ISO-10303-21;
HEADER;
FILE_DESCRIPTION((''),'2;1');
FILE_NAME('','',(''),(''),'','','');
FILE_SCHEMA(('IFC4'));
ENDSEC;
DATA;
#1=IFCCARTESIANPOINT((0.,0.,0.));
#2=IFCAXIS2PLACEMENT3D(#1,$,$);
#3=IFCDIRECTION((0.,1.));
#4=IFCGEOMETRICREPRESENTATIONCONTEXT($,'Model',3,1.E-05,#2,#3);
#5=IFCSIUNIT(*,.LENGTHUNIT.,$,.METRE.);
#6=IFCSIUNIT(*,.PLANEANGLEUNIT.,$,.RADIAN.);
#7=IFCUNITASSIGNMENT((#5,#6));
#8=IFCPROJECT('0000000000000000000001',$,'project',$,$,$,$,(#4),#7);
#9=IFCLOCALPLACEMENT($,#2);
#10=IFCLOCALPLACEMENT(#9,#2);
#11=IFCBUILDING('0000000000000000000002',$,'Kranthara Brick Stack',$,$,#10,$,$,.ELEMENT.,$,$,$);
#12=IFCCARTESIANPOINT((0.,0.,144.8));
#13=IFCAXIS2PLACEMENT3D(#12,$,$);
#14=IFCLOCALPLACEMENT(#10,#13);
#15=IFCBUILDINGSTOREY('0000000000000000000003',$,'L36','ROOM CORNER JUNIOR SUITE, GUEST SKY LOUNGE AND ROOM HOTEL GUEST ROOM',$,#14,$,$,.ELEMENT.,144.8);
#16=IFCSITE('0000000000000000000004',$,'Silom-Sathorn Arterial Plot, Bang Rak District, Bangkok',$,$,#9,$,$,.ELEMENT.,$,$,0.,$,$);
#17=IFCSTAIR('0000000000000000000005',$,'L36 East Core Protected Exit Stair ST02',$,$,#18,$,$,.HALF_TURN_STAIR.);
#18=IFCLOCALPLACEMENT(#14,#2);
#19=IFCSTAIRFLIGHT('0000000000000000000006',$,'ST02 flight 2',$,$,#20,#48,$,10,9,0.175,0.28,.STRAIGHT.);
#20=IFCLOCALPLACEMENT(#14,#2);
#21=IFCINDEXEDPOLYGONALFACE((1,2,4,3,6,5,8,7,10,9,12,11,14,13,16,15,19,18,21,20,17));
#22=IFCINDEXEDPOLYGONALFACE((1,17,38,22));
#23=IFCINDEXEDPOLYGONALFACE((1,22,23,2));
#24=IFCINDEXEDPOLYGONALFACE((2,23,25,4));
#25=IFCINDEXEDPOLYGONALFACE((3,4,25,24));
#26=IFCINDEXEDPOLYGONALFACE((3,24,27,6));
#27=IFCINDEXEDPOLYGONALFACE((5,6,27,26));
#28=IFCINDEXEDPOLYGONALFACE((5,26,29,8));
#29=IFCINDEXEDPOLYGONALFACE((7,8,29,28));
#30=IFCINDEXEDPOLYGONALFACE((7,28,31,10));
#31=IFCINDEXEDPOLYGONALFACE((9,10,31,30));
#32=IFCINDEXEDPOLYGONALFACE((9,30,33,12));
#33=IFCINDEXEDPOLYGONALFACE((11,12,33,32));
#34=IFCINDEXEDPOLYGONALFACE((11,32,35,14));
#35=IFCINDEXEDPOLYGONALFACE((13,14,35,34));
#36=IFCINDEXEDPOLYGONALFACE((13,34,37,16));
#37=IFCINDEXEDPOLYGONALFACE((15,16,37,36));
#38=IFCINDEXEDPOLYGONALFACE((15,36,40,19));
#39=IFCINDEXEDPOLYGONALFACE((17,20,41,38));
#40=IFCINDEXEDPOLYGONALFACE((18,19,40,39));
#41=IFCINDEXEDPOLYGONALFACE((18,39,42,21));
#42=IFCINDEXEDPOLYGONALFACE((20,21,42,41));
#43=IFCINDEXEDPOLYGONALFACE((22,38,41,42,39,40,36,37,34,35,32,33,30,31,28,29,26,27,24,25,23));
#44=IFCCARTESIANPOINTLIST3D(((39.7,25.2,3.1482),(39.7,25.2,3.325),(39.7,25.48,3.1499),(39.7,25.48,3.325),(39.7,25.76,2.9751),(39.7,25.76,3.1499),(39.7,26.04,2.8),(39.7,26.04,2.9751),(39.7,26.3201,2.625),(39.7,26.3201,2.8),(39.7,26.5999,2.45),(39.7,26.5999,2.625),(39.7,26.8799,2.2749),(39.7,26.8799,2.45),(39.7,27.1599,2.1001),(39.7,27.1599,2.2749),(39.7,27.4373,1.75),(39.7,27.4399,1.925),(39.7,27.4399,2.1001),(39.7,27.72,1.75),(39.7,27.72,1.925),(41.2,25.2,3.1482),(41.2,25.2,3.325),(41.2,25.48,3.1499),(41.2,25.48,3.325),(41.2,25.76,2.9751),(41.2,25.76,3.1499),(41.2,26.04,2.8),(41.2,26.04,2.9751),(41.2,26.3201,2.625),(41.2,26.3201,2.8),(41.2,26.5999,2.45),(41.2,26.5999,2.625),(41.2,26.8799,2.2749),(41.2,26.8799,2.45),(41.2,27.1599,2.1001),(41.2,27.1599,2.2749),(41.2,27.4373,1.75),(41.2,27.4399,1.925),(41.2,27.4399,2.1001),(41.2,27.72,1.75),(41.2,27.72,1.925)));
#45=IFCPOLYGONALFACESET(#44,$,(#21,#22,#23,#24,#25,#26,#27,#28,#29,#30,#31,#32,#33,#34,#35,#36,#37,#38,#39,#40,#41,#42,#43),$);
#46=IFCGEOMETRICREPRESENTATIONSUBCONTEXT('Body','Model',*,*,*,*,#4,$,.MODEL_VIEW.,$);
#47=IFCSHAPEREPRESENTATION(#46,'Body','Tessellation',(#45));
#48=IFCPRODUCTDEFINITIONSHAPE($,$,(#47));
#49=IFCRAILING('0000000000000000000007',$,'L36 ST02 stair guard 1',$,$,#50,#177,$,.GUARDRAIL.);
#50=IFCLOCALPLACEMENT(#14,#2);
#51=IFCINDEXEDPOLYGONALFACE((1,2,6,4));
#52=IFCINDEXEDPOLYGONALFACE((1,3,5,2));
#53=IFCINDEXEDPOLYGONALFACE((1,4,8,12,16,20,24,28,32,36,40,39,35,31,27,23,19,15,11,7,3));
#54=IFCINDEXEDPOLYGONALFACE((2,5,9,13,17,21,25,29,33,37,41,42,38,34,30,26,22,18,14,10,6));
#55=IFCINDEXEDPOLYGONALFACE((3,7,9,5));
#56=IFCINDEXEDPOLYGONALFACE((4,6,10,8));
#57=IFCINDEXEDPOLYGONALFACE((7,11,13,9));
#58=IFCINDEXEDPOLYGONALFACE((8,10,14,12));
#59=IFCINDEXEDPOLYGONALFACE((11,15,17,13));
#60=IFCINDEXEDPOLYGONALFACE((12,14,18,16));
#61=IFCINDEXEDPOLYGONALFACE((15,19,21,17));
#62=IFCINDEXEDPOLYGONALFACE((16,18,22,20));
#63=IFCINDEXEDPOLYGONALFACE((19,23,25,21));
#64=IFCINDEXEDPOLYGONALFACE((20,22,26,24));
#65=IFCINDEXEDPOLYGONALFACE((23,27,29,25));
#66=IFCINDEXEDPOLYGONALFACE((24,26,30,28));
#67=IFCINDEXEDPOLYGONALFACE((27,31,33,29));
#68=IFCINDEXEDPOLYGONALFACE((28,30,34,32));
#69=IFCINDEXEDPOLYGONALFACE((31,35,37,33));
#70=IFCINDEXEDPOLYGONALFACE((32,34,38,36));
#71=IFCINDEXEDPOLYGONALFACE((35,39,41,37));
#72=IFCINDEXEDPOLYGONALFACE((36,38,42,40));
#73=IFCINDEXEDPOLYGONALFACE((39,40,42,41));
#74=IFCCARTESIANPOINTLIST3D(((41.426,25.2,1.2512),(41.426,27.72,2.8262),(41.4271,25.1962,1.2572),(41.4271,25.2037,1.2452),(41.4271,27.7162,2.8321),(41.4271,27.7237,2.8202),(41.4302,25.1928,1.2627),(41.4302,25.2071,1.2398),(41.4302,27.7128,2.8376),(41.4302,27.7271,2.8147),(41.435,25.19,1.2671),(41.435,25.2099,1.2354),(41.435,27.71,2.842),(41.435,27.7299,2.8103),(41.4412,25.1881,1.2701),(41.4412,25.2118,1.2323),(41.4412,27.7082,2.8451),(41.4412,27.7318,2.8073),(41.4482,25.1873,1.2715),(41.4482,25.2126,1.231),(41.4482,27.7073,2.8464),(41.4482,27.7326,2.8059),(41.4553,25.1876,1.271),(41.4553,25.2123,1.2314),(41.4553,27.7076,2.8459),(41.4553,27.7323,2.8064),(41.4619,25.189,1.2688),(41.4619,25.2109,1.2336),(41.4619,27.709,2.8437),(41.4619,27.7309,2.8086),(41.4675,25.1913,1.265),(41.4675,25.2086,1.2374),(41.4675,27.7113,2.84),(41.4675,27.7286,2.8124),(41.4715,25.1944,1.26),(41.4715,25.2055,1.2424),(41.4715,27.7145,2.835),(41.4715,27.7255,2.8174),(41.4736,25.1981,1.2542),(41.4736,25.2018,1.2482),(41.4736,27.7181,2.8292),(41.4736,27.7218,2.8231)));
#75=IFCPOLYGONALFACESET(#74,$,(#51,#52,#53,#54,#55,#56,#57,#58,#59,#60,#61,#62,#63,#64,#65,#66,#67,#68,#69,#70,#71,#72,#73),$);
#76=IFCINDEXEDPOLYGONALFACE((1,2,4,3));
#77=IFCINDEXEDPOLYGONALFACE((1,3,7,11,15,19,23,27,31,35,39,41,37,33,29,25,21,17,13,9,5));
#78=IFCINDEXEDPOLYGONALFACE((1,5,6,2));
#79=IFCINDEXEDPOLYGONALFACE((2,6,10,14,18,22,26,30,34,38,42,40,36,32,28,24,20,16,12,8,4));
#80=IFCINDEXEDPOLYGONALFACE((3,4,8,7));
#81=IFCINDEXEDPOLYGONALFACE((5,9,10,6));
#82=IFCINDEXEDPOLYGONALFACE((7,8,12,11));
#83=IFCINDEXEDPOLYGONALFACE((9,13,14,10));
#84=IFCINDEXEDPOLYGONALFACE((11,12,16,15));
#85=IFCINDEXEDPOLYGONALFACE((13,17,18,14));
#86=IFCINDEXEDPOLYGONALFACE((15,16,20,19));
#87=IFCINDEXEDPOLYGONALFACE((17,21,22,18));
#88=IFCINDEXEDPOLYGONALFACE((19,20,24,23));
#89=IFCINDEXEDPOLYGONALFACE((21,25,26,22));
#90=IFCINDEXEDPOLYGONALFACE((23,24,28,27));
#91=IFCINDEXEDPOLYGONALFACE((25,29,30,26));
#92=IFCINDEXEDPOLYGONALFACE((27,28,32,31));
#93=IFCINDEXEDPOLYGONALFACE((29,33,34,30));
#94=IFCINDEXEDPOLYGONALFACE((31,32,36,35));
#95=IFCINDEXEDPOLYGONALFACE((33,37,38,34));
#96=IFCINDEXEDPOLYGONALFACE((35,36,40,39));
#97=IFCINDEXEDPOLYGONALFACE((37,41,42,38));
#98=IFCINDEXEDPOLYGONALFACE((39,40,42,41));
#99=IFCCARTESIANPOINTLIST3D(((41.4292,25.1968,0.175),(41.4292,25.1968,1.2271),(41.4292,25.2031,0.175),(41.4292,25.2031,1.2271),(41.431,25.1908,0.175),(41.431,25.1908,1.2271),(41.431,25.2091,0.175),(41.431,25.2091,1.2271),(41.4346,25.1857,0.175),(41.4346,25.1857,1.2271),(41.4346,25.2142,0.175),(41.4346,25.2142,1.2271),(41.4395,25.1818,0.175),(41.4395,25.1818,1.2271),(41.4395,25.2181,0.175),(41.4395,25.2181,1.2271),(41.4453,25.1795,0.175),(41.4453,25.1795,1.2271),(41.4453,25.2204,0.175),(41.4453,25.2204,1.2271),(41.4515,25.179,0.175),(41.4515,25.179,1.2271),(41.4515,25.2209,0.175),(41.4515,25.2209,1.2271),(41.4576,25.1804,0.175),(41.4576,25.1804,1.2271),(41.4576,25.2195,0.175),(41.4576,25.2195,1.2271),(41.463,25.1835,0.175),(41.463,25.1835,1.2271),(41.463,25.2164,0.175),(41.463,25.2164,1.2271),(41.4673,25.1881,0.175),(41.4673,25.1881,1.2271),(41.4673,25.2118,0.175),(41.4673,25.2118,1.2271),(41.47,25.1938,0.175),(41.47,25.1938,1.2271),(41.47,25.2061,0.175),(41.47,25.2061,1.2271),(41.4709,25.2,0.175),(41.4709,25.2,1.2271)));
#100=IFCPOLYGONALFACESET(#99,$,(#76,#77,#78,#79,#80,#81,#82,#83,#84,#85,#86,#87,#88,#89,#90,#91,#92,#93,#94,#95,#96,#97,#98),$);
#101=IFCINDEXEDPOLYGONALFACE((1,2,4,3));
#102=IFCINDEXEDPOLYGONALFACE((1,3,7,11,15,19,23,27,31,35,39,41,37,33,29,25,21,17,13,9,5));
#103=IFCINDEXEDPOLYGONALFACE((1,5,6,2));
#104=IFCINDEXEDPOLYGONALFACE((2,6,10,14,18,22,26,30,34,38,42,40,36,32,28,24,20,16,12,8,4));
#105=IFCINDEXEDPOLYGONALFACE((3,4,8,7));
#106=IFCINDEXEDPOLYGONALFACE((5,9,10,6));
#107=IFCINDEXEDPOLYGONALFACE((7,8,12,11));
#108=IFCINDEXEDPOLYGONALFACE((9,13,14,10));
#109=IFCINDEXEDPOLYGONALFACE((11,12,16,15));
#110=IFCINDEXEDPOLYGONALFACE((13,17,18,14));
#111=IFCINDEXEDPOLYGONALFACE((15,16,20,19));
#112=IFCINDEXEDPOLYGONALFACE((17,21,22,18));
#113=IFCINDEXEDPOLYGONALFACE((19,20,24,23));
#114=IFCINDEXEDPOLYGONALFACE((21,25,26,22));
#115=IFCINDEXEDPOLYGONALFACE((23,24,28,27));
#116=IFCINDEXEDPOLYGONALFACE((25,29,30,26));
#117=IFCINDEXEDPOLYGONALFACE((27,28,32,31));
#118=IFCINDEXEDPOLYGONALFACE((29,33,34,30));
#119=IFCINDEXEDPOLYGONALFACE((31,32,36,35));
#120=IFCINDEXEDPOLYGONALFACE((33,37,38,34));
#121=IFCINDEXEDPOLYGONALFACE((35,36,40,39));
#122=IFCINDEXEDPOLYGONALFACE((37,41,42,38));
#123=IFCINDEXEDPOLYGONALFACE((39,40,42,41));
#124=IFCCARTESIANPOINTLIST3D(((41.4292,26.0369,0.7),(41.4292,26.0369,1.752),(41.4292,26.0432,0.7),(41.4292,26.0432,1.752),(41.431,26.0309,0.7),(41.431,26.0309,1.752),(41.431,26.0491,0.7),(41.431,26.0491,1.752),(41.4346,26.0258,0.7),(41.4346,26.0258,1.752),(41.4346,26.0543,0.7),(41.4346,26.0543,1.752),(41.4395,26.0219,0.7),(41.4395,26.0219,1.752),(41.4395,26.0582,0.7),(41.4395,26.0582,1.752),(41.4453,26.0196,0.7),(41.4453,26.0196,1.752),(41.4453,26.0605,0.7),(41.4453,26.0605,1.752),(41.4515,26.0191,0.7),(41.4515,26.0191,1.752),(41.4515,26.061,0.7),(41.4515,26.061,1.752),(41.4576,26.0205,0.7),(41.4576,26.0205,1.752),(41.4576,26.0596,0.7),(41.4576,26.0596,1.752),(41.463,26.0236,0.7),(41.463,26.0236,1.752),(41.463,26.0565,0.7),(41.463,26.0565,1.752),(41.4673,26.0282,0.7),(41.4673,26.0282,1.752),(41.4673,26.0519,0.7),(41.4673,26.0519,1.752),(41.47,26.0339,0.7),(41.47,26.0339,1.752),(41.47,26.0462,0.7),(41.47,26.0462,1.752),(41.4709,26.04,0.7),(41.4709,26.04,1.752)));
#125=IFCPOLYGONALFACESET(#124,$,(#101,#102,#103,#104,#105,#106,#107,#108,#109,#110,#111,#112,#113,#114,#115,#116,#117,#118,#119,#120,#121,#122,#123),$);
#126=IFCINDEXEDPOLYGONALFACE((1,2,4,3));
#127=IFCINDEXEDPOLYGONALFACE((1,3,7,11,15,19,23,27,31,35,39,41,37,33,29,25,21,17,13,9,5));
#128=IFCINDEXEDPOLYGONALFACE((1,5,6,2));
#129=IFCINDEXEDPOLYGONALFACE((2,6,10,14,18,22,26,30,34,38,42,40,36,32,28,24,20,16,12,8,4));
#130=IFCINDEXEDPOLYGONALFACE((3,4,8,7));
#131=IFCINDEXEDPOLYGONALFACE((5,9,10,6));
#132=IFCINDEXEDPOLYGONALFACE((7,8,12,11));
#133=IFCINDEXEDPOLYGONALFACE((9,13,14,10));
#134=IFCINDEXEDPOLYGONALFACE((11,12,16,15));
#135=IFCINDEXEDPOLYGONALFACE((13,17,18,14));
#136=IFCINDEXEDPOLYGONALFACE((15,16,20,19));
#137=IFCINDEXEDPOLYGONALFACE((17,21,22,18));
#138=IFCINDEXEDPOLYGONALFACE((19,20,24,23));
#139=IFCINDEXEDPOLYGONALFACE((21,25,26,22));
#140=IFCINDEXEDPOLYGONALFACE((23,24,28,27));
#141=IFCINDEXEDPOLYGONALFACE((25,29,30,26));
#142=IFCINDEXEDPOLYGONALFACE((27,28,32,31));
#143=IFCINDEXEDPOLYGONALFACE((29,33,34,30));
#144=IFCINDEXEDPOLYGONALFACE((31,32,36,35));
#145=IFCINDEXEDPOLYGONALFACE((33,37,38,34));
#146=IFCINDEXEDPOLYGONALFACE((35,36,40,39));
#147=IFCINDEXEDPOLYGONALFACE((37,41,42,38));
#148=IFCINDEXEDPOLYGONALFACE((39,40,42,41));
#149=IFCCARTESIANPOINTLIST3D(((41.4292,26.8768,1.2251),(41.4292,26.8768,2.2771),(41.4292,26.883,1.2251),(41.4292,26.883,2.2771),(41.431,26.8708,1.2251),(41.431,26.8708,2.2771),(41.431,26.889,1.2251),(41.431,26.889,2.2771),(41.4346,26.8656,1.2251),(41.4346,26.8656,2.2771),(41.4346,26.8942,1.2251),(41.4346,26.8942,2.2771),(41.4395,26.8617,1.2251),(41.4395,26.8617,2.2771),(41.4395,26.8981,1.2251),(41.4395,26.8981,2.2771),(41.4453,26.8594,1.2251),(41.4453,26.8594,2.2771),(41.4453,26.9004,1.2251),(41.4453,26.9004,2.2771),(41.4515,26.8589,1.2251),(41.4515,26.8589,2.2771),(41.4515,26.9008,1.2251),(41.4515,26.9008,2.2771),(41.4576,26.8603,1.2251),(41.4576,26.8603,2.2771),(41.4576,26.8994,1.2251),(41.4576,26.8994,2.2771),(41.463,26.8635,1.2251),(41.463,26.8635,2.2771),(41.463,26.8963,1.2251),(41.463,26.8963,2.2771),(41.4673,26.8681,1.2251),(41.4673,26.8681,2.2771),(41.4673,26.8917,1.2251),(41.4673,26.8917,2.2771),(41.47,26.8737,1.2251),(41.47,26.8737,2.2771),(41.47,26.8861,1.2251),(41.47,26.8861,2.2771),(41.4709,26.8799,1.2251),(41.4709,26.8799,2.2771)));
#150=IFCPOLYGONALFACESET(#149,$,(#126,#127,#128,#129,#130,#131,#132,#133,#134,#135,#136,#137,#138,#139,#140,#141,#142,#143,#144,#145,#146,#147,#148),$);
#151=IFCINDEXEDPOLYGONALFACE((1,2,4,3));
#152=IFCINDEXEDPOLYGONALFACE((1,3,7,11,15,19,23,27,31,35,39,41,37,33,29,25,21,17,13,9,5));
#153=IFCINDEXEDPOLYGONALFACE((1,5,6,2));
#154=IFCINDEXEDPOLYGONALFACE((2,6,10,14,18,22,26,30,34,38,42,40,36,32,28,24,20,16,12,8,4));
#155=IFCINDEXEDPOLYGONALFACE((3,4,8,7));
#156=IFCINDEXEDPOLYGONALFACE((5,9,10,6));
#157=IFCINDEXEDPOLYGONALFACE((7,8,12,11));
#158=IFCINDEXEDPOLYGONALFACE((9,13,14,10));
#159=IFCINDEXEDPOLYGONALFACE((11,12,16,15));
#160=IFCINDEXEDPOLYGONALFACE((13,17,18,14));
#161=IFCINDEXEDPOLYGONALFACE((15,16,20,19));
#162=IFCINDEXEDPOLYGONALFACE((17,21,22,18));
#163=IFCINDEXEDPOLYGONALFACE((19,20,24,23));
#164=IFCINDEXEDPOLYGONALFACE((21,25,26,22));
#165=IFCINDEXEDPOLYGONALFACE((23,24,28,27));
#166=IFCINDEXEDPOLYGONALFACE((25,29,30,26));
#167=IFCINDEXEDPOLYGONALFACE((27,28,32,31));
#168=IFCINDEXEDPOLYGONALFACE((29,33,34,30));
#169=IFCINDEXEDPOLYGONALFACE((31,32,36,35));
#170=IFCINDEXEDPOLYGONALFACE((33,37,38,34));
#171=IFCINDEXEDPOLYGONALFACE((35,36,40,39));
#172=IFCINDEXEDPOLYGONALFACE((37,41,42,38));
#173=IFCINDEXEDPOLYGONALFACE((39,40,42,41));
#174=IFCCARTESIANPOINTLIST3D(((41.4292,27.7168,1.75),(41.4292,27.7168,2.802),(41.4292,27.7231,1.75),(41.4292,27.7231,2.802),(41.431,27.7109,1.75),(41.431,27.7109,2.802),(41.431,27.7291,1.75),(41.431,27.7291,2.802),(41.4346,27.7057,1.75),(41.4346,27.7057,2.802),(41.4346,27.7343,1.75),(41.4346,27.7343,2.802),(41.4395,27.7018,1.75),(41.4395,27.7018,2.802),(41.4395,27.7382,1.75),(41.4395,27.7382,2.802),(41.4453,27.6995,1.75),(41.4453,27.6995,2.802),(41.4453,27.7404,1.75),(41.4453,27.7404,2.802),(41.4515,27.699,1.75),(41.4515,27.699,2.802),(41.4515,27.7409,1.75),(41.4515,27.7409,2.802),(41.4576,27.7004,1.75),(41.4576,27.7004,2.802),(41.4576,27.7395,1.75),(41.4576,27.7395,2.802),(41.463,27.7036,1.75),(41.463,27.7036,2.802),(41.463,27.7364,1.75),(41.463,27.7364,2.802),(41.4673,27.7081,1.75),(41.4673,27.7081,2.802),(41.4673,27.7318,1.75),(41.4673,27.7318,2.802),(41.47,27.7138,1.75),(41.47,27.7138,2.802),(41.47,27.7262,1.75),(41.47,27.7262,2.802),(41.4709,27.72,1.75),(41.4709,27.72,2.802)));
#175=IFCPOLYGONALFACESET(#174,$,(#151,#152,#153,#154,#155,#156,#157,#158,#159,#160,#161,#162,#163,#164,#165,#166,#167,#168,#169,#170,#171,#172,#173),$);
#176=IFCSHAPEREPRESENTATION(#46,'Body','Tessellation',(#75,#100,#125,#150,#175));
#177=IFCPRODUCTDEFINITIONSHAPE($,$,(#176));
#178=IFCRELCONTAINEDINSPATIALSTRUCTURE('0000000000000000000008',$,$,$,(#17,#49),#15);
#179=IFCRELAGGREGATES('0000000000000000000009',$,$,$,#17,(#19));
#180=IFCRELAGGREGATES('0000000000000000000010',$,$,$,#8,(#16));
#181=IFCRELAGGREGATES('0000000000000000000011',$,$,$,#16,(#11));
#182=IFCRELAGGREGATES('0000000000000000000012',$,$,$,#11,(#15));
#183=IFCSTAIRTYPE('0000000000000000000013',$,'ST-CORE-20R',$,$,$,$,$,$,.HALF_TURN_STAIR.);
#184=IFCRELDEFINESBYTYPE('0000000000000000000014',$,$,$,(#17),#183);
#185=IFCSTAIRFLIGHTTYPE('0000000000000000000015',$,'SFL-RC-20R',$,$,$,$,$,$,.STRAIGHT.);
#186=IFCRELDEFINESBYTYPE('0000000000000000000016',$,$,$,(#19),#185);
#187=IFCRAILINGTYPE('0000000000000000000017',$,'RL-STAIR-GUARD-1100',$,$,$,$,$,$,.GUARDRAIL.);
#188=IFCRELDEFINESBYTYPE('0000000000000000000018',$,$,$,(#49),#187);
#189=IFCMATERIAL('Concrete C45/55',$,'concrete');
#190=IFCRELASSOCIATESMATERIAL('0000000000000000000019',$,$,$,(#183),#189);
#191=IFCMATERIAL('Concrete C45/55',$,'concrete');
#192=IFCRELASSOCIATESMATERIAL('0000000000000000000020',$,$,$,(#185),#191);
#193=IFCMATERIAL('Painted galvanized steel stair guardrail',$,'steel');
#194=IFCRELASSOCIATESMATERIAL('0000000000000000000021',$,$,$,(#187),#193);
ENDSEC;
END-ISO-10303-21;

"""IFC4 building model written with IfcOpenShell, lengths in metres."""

from ifc_helpers import new_model, si_unit, direction, frame, origin, origin_2d, place, context, subcontext, project, spatial, polyline, circle, outline, extrude, material, type_object, element, aggregate, save


model = new_model("IFC4")

# Units and contexts
model_context = context("Model", 3, precision=1e-05, world=origin(), true_north=direction((0.0, 1.0)))
body_context = subcontext(model_context, "Body", "Model", "MODEL_VIEW")
ifc_project = project(units=[si_unit("LENGTHUNIT", "METRE"), si_unit("PLANEANGLEUNIT", "RADIAN")], contexts=[model_context])

# Site, building, storey
site_placement = place(None, origin())
site = spatial("IfcSite", under=ifc_project, at=site_placement, Name="Silom-Sathorn Arterial Plot, Bang Rak District, Bangkok", CompositionType="ELEMENT", RefElevation=0.0)
building_placement = place(site_placement, origin())
building = spatial("IfcBuilding", under=site, at=building_placement, Name="Kranthara Brick Stack", CompositionType="ELEMENT")
storey_placement = place(building_placement, frame((0.0, 0.0, 144.8)))
storey = spatial("IfcBuildingStorey", under=building, at=storey_placement, Name="L36", Description="ROOM CORNER JUNIOR SUITE, GUEST SKY LOUNGE AND ROOM HOTEL GUEST ROOM", CompositionType="ELEMENT", Elevation=144.8)

# Stair, stair flight
ifc_material_1 = material(Name="Concrete C45/55", Category="concrete")
stair_type = type_object("IfcStairType", Name="ST-CORE-20R", PredefinedType="HALF_TURN_STAIR", material=ifc_material_1)
stair_placement = place(storey_placement, origin())
stair = element("IfcStair", 1, at=stair_placement, inside=storey, type_object=stair_type, Name="L36 East Core Protected Exit Stair ST02", PredefinedType="HALF_TURN_STAIR")
ifc_material_2 = material(Name="Concrete C45/55", Category="concrete")
stair_flight_type = type_object("IfcStairFlightType", Name="SFL-RC-20R", PredefinedType="STRAIGHT", material=ifc_material_2)
stair_flight_1_placement = place(storey_placement, frame((40.45, 27.72, 1.75), z_axis=(0.0, 0.0, 1.0), x_axis=(0.0, -1.0, 0.0)))
stair_flight_1 = element("IfcStairFlight", 2, at=stair_flight_1_placement, type_object=stair_flight_type, Name="ST02 flight 2", NumberOfRisers=10, NumberOfTreads=9, PredefinedType="STRAIGHT", RiserHeight=0.175, TreadLength=0.28, context=body_context, shape_type="SweptSolid", body=[
    extrude(outline(polyline([(0.0, 0.0), (0.0, 0.175), (0.28, 0.175), (0.28, 0.3501), (0.5601, 0.3501), (0.5601, 0.5249), (0.8401, 0.5249), (0.8401, 0.7), (1.1201, 0.7), (1.1201, 0.875), (1.3999, 0.875), (1.3999, 1.05), (1.6799, 1.05), (1.6799, 1.2251), (1.96, 1.2251), (1.96, 1.3999), (2.24, 1.3999), (2.24, 1.575), (2.52, 1.575), (2.52, 1.75), (2.52, 1.3982), (0.2827, 0.0), (0.0, 0.0)])), frame((0.0, 0.75, 0.0), z_axis=(0.0, -1.0, 0.0), x_axis=(1.0, 0.0, 0.0)), (0.0, 0.0, 1.0), 1.5),
])
aggregate(stair, [stair_flight_1])

# Railing
ifc_material_3 = material(Name="Painted galvanized steel stair guardrail", Category="steel")
railing_type_1 = type_object("IfcRailingType", Name="RL-STAIR-GUARD-1100", PredefinedType="GUARDRAIL", material=ifc_material_3)
railing_1_placement = place(storey_placement, frame((41.45, 25.2, 0.175)))
element("IfcRailing", 3, at=railing_1_placement, inside=storey, type_object=railing_type_1, Name="L36 ST02 stair guard 1", PredefinedType="GUARDRAIL", context=body_context, shape_type="SweptSolid", body=[
    extrude(circle(Radius=0.0239, at=origin_2d()), frame((0.0, 0.0, 1.0762), z_axis=(0.0, 0.848008, 0.529984), x_axis=(-1.0, 0.0, 0.0)), (0.0, 0.0, 1.0), 2.9717),
    extrude(circle(Radius=0.021, at=origin_2d()), origin(), (0.0, 0.0, 1.0), 1.052),
    extrude(circle(Radius=0.021, at=origin_2d()), frame((0.0, 0.8401, 0.5249)), (0.0, 0.0, 1.0), 1.052),
    extrude(circle(Radius=0.021, at=origin_2d()), frame((0.0, 1.6799, 1.05)), (0.0, 0.0, 1.0), 1.052),
    extrude(circle(Radius=0.021, at=origin_2d()), frame((0.0, 2.52, 1.575)), (0.0, 0.0, 1.0), 1.052),
])

save(model, "model.ifc")
